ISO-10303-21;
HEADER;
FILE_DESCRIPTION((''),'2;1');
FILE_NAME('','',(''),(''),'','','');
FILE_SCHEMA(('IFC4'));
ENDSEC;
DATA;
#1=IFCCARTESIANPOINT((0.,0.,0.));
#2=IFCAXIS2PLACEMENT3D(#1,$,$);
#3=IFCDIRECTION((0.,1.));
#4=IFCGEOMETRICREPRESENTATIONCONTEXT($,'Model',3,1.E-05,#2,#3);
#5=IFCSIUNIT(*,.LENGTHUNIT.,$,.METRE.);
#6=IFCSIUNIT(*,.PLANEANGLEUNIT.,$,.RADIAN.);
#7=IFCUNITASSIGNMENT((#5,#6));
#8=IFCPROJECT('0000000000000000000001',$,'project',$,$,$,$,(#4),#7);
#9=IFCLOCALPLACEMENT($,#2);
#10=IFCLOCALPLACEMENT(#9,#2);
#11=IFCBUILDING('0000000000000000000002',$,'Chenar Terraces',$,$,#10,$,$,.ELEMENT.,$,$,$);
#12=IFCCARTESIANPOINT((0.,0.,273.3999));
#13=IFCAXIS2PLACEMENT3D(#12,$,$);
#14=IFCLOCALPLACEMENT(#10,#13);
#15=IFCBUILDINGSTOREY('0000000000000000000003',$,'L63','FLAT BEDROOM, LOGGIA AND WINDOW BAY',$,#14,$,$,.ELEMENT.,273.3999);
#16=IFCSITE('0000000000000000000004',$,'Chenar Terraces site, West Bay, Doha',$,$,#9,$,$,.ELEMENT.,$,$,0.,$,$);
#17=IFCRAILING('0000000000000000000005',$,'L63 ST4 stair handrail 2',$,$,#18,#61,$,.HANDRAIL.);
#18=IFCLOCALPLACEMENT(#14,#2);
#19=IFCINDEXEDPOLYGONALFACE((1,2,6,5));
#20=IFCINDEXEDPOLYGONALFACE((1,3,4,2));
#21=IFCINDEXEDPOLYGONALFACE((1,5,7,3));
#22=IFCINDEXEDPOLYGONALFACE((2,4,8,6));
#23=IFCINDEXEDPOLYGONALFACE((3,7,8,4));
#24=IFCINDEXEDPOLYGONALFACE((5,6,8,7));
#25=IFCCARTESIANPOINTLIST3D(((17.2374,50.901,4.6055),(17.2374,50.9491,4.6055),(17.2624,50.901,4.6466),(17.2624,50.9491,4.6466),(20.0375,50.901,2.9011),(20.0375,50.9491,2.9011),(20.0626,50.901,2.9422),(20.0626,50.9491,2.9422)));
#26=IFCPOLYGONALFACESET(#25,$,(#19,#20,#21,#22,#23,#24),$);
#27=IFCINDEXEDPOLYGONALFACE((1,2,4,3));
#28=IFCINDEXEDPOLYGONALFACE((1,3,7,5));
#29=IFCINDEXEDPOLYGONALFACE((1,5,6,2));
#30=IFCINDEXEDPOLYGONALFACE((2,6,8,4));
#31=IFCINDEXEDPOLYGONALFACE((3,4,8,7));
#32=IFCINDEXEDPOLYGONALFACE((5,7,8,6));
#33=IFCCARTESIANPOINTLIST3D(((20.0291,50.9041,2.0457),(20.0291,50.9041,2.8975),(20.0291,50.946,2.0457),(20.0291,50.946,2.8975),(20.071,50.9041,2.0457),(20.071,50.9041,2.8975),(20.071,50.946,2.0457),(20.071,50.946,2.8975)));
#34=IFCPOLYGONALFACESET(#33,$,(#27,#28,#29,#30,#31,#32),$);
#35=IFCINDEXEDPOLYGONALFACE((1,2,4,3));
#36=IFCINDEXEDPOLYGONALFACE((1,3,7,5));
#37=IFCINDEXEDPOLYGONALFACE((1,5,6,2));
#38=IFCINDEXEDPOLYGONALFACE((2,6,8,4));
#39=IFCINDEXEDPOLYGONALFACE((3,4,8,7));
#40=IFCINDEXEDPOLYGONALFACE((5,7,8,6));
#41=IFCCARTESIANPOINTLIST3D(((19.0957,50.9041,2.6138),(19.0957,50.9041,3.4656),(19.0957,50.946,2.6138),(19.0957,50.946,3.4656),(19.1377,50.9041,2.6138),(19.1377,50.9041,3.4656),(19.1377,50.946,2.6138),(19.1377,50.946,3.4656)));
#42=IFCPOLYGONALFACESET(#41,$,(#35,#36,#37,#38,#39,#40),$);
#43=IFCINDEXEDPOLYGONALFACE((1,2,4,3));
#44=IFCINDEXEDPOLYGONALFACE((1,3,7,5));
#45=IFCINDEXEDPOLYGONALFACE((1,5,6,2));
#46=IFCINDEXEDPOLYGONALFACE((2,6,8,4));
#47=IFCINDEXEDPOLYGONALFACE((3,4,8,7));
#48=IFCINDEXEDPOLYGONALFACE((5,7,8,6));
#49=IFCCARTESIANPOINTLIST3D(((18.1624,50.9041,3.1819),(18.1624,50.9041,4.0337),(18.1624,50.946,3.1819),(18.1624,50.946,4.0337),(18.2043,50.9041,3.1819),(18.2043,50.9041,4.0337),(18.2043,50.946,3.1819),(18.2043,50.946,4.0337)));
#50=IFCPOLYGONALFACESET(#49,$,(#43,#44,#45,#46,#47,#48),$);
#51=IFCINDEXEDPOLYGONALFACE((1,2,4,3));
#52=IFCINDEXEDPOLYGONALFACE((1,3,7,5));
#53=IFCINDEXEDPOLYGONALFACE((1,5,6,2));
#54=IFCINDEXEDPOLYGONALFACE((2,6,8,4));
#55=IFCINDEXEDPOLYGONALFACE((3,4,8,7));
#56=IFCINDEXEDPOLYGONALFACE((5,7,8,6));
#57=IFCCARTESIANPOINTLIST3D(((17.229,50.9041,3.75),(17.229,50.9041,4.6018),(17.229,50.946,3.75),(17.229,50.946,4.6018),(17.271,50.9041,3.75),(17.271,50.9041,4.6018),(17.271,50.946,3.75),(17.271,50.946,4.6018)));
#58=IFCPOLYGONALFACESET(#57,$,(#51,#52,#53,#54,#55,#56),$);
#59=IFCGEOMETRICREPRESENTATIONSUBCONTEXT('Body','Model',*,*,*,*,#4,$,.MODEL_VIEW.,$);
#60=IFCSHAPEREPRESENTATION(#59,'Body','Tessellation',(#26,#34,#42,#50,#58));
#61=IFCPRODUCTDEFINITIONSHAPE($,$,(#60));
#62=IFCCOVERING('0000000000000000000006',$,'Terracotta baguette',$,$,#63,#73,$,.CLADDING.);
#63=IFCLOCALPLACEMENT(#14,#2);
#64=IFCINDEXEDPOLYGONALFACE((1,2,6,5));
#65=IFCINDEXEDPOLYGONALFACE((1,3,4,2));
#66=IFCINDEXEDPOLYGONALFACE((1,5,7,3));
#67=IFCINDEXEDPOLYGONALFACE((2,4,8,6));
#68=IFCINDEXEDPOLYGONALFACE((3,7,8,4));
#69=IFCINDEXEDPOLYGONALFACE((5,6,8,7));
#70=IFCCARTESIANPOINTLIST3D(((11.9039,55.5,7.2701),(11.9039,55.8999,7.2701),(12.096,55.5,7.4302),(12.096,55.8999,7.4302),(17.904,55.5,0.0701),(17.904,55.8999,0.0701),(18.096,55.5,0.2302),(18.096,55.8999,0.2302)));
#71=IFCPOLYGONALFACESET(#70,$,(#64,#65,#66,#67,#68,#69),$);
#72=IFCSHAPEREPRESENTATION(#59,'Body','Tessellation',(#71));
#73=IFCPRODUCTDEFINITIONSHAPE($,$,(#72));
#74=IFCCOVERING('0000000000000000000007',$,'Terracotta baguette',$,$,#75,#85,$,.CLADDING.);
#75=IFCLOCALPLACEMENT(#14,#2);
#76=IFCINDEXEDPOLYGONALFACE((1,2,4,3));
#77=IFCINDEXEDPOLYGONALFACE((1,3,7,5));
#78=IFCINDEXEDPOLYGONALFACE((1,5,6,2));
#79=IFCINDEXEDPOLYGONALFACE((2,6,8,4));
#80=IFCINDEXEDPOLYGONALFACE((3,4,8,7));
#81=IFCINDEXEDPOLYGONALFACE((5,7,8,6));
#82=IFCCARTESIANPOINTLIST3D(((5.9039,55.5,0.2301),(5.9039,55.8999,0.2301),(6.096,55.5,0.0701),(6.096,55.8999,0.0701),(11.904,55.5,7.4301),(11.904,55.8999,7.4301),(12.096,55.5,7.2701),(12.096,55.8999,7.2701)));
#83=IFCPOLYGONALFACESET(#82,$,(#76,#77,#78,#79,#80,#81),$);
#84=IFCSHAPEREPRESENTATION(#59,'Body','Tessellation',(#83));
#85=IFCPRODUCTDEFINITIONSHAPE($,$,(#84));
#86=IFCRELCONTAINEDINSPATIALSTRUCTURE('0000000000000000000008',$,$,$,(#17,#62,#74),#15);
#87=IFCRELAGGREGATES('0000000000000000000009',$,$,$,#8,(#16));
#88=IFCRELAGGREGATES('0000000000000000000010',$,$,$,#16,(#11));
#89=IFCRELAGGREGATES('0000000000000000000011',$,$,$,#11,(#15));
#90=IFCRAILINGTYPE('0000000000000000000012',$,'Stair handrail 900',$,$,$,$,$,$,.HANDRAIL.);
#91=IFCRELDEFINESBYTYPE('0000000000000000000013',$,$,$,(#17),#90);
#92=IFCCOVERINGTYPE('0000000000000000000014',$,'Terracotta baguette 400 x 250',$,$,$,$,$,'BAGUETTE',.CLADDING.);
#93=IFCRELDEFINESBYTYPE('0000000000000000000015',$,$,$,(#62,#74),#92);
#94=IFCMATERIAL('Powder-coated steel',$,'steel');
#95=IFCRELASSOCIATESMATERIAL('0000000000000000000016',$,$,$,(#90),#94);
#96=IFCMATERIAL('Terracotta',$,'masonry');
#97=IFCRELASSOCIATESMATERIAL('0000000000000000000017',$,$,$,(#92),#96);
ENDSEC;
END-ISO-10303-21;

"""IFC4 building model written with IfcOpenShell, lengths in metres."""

from ifc_helpers import new_model, si_unit, direction, frame, origin, origin_2d, place, context, subcontext, project, spatial, rectangle, extrude, material, material_profile, profile_set, type_object, element, save


model = new_model("IFC4")

# Units and contexts
model_context = context("Model", 3, precision=1e-05, world=origin(), true_north=direction((0.0, 1.0)))
body_context = subcontext(model_context, "Body", "Model", "MODEL_VIEW")
ifc_project = project(units=[si_unit("LENGTHUNIT", "METRE"), si_unit("PLANEANGLEUNIT", "RADIAN")], contexts=[model_context])

# Site, building, storey
site_placement = place(None, origin())
site = spatial("IfcSite", under=ifc_project, at=site_placement, Name="Chenar Terraces site, West Bay, Doha", CompositionType="ELEMENT", RefElevation=0.0)
building_placement = place(site_placement, origin())
building = spatial("IfcBuilding", under=site, at=building_placement, Name="Chenar Terraces", CompositionType="ELEMENT")
storey_placement = place(building_placement, frame((0.0, 0.0, 273.3999)))
storey = spatial("IfcBuildingStorey", under=building, at=storey_placement, Name="L63", Description="FLAT BEDROOM, LOGGIA AND WINDOW BAY", CompositionType="ELEMENT", Elevation=273.3999)

# Railing
ifc_material_1 = material(Name="Powder-coated steel", Category="steel")
railing_type_1 = type_object("IfcRailingType", Name="Stair handrail 900", PredefinedType="HANDRAIL", material=ifc_material_1)
railing_1_placement = place(storey_placement, frame((20.05, 50.925, 2.0457)))
element("IfcRailing", 1, at=railing_1_placement, inside=storey, type_object=railing_type_1, Name="L63 ST4 stair handrail 2", PredefinedType="HANDRAIL", context=body_context, shape_type="SweptSolid", body=[
    extrude(rectangle(XDim=0.0481, YDim=0.0481, at=origin_2d()), frame((0.0, 0.0, 0.876), z_axis=(-0.854203, 0.0, 0.51994), x_axis=(0.0, -1.0, 0.0)), (0.0, 0.0, 1.0), 3.2781),
    extrude(rectangle(XDim=0.042, YDim=0.042, at=origin_2d()), origin(), (0.0, 0.0, 1.0), 0.8518),
    extrude(rectangle(XDim=0.042, YDim=0.042, at=origin_2d()), frame((-0.9333, 0.0, 0.5681)), (0.0, 0.0, 1.0), 0.8518),
    extrude(rectangle(XDim=0.042, YDim=0.042, at=origin_2d()), frame((-1.8667, 0.0, 1.1362)), (0.0, 0.0, 1.0), 0.8518),
    extrude(rectangle(XDim=0.042, YDim=0.042, at=origin_2d()), frame((-2.8, 0.0, 1.7043)), (0.0, 0.0, 1.0), 0.8518),
])

# Coverings
ifc_material_2 = material(Name="Terracotta", Category="masonry")
ifc_material_profile_1 = material_profile(ifc_material_2, rectangle(XDim=0.3999, YDim=0.25, at=origin_2d()), Name="Terracotta baguette 400 x 250")
ifc_profile_set_1 = profile_set([ifc_material_profile_1], Name="Terracotta")
covering_type = type_object("IfcCoveringType", Name="Terracotta baguette 400 x 250", ElementType="BAGUETTE", PredefinedType="CLADDING", material=ifc_profile_set_1)
for number, where, z_axis, x_axis, name in (
    (2, (18.0, 55.7, 0.1501), (-0.640187, 0.0, 0.768219), (0.0, -1.0, 0.0), "Terracotta baguette"),
    (3, (12.0, 55.7, 7.3501), (-0.640187, 0.0, -0.768219), (0.0, -1.0, 0.0), "Terracotta baguette"),
):
    element("IfcCovering", number, at=place(storey_placement, frame(where, z_axis=z_axis, x_axis=x_axis)), inside=storey, type_object=covering_type, Name=name, PredefinedType="CLADDING", context=body_context, shape_type="SweptSolid", body=[
        extrude(rectangle(XDim=0.3999, YDim=0.25, at=origin_2d()), origin(), (0.0, 0.0, 1.0), 9.3723),
    ])

save(model, "model.ifc")
